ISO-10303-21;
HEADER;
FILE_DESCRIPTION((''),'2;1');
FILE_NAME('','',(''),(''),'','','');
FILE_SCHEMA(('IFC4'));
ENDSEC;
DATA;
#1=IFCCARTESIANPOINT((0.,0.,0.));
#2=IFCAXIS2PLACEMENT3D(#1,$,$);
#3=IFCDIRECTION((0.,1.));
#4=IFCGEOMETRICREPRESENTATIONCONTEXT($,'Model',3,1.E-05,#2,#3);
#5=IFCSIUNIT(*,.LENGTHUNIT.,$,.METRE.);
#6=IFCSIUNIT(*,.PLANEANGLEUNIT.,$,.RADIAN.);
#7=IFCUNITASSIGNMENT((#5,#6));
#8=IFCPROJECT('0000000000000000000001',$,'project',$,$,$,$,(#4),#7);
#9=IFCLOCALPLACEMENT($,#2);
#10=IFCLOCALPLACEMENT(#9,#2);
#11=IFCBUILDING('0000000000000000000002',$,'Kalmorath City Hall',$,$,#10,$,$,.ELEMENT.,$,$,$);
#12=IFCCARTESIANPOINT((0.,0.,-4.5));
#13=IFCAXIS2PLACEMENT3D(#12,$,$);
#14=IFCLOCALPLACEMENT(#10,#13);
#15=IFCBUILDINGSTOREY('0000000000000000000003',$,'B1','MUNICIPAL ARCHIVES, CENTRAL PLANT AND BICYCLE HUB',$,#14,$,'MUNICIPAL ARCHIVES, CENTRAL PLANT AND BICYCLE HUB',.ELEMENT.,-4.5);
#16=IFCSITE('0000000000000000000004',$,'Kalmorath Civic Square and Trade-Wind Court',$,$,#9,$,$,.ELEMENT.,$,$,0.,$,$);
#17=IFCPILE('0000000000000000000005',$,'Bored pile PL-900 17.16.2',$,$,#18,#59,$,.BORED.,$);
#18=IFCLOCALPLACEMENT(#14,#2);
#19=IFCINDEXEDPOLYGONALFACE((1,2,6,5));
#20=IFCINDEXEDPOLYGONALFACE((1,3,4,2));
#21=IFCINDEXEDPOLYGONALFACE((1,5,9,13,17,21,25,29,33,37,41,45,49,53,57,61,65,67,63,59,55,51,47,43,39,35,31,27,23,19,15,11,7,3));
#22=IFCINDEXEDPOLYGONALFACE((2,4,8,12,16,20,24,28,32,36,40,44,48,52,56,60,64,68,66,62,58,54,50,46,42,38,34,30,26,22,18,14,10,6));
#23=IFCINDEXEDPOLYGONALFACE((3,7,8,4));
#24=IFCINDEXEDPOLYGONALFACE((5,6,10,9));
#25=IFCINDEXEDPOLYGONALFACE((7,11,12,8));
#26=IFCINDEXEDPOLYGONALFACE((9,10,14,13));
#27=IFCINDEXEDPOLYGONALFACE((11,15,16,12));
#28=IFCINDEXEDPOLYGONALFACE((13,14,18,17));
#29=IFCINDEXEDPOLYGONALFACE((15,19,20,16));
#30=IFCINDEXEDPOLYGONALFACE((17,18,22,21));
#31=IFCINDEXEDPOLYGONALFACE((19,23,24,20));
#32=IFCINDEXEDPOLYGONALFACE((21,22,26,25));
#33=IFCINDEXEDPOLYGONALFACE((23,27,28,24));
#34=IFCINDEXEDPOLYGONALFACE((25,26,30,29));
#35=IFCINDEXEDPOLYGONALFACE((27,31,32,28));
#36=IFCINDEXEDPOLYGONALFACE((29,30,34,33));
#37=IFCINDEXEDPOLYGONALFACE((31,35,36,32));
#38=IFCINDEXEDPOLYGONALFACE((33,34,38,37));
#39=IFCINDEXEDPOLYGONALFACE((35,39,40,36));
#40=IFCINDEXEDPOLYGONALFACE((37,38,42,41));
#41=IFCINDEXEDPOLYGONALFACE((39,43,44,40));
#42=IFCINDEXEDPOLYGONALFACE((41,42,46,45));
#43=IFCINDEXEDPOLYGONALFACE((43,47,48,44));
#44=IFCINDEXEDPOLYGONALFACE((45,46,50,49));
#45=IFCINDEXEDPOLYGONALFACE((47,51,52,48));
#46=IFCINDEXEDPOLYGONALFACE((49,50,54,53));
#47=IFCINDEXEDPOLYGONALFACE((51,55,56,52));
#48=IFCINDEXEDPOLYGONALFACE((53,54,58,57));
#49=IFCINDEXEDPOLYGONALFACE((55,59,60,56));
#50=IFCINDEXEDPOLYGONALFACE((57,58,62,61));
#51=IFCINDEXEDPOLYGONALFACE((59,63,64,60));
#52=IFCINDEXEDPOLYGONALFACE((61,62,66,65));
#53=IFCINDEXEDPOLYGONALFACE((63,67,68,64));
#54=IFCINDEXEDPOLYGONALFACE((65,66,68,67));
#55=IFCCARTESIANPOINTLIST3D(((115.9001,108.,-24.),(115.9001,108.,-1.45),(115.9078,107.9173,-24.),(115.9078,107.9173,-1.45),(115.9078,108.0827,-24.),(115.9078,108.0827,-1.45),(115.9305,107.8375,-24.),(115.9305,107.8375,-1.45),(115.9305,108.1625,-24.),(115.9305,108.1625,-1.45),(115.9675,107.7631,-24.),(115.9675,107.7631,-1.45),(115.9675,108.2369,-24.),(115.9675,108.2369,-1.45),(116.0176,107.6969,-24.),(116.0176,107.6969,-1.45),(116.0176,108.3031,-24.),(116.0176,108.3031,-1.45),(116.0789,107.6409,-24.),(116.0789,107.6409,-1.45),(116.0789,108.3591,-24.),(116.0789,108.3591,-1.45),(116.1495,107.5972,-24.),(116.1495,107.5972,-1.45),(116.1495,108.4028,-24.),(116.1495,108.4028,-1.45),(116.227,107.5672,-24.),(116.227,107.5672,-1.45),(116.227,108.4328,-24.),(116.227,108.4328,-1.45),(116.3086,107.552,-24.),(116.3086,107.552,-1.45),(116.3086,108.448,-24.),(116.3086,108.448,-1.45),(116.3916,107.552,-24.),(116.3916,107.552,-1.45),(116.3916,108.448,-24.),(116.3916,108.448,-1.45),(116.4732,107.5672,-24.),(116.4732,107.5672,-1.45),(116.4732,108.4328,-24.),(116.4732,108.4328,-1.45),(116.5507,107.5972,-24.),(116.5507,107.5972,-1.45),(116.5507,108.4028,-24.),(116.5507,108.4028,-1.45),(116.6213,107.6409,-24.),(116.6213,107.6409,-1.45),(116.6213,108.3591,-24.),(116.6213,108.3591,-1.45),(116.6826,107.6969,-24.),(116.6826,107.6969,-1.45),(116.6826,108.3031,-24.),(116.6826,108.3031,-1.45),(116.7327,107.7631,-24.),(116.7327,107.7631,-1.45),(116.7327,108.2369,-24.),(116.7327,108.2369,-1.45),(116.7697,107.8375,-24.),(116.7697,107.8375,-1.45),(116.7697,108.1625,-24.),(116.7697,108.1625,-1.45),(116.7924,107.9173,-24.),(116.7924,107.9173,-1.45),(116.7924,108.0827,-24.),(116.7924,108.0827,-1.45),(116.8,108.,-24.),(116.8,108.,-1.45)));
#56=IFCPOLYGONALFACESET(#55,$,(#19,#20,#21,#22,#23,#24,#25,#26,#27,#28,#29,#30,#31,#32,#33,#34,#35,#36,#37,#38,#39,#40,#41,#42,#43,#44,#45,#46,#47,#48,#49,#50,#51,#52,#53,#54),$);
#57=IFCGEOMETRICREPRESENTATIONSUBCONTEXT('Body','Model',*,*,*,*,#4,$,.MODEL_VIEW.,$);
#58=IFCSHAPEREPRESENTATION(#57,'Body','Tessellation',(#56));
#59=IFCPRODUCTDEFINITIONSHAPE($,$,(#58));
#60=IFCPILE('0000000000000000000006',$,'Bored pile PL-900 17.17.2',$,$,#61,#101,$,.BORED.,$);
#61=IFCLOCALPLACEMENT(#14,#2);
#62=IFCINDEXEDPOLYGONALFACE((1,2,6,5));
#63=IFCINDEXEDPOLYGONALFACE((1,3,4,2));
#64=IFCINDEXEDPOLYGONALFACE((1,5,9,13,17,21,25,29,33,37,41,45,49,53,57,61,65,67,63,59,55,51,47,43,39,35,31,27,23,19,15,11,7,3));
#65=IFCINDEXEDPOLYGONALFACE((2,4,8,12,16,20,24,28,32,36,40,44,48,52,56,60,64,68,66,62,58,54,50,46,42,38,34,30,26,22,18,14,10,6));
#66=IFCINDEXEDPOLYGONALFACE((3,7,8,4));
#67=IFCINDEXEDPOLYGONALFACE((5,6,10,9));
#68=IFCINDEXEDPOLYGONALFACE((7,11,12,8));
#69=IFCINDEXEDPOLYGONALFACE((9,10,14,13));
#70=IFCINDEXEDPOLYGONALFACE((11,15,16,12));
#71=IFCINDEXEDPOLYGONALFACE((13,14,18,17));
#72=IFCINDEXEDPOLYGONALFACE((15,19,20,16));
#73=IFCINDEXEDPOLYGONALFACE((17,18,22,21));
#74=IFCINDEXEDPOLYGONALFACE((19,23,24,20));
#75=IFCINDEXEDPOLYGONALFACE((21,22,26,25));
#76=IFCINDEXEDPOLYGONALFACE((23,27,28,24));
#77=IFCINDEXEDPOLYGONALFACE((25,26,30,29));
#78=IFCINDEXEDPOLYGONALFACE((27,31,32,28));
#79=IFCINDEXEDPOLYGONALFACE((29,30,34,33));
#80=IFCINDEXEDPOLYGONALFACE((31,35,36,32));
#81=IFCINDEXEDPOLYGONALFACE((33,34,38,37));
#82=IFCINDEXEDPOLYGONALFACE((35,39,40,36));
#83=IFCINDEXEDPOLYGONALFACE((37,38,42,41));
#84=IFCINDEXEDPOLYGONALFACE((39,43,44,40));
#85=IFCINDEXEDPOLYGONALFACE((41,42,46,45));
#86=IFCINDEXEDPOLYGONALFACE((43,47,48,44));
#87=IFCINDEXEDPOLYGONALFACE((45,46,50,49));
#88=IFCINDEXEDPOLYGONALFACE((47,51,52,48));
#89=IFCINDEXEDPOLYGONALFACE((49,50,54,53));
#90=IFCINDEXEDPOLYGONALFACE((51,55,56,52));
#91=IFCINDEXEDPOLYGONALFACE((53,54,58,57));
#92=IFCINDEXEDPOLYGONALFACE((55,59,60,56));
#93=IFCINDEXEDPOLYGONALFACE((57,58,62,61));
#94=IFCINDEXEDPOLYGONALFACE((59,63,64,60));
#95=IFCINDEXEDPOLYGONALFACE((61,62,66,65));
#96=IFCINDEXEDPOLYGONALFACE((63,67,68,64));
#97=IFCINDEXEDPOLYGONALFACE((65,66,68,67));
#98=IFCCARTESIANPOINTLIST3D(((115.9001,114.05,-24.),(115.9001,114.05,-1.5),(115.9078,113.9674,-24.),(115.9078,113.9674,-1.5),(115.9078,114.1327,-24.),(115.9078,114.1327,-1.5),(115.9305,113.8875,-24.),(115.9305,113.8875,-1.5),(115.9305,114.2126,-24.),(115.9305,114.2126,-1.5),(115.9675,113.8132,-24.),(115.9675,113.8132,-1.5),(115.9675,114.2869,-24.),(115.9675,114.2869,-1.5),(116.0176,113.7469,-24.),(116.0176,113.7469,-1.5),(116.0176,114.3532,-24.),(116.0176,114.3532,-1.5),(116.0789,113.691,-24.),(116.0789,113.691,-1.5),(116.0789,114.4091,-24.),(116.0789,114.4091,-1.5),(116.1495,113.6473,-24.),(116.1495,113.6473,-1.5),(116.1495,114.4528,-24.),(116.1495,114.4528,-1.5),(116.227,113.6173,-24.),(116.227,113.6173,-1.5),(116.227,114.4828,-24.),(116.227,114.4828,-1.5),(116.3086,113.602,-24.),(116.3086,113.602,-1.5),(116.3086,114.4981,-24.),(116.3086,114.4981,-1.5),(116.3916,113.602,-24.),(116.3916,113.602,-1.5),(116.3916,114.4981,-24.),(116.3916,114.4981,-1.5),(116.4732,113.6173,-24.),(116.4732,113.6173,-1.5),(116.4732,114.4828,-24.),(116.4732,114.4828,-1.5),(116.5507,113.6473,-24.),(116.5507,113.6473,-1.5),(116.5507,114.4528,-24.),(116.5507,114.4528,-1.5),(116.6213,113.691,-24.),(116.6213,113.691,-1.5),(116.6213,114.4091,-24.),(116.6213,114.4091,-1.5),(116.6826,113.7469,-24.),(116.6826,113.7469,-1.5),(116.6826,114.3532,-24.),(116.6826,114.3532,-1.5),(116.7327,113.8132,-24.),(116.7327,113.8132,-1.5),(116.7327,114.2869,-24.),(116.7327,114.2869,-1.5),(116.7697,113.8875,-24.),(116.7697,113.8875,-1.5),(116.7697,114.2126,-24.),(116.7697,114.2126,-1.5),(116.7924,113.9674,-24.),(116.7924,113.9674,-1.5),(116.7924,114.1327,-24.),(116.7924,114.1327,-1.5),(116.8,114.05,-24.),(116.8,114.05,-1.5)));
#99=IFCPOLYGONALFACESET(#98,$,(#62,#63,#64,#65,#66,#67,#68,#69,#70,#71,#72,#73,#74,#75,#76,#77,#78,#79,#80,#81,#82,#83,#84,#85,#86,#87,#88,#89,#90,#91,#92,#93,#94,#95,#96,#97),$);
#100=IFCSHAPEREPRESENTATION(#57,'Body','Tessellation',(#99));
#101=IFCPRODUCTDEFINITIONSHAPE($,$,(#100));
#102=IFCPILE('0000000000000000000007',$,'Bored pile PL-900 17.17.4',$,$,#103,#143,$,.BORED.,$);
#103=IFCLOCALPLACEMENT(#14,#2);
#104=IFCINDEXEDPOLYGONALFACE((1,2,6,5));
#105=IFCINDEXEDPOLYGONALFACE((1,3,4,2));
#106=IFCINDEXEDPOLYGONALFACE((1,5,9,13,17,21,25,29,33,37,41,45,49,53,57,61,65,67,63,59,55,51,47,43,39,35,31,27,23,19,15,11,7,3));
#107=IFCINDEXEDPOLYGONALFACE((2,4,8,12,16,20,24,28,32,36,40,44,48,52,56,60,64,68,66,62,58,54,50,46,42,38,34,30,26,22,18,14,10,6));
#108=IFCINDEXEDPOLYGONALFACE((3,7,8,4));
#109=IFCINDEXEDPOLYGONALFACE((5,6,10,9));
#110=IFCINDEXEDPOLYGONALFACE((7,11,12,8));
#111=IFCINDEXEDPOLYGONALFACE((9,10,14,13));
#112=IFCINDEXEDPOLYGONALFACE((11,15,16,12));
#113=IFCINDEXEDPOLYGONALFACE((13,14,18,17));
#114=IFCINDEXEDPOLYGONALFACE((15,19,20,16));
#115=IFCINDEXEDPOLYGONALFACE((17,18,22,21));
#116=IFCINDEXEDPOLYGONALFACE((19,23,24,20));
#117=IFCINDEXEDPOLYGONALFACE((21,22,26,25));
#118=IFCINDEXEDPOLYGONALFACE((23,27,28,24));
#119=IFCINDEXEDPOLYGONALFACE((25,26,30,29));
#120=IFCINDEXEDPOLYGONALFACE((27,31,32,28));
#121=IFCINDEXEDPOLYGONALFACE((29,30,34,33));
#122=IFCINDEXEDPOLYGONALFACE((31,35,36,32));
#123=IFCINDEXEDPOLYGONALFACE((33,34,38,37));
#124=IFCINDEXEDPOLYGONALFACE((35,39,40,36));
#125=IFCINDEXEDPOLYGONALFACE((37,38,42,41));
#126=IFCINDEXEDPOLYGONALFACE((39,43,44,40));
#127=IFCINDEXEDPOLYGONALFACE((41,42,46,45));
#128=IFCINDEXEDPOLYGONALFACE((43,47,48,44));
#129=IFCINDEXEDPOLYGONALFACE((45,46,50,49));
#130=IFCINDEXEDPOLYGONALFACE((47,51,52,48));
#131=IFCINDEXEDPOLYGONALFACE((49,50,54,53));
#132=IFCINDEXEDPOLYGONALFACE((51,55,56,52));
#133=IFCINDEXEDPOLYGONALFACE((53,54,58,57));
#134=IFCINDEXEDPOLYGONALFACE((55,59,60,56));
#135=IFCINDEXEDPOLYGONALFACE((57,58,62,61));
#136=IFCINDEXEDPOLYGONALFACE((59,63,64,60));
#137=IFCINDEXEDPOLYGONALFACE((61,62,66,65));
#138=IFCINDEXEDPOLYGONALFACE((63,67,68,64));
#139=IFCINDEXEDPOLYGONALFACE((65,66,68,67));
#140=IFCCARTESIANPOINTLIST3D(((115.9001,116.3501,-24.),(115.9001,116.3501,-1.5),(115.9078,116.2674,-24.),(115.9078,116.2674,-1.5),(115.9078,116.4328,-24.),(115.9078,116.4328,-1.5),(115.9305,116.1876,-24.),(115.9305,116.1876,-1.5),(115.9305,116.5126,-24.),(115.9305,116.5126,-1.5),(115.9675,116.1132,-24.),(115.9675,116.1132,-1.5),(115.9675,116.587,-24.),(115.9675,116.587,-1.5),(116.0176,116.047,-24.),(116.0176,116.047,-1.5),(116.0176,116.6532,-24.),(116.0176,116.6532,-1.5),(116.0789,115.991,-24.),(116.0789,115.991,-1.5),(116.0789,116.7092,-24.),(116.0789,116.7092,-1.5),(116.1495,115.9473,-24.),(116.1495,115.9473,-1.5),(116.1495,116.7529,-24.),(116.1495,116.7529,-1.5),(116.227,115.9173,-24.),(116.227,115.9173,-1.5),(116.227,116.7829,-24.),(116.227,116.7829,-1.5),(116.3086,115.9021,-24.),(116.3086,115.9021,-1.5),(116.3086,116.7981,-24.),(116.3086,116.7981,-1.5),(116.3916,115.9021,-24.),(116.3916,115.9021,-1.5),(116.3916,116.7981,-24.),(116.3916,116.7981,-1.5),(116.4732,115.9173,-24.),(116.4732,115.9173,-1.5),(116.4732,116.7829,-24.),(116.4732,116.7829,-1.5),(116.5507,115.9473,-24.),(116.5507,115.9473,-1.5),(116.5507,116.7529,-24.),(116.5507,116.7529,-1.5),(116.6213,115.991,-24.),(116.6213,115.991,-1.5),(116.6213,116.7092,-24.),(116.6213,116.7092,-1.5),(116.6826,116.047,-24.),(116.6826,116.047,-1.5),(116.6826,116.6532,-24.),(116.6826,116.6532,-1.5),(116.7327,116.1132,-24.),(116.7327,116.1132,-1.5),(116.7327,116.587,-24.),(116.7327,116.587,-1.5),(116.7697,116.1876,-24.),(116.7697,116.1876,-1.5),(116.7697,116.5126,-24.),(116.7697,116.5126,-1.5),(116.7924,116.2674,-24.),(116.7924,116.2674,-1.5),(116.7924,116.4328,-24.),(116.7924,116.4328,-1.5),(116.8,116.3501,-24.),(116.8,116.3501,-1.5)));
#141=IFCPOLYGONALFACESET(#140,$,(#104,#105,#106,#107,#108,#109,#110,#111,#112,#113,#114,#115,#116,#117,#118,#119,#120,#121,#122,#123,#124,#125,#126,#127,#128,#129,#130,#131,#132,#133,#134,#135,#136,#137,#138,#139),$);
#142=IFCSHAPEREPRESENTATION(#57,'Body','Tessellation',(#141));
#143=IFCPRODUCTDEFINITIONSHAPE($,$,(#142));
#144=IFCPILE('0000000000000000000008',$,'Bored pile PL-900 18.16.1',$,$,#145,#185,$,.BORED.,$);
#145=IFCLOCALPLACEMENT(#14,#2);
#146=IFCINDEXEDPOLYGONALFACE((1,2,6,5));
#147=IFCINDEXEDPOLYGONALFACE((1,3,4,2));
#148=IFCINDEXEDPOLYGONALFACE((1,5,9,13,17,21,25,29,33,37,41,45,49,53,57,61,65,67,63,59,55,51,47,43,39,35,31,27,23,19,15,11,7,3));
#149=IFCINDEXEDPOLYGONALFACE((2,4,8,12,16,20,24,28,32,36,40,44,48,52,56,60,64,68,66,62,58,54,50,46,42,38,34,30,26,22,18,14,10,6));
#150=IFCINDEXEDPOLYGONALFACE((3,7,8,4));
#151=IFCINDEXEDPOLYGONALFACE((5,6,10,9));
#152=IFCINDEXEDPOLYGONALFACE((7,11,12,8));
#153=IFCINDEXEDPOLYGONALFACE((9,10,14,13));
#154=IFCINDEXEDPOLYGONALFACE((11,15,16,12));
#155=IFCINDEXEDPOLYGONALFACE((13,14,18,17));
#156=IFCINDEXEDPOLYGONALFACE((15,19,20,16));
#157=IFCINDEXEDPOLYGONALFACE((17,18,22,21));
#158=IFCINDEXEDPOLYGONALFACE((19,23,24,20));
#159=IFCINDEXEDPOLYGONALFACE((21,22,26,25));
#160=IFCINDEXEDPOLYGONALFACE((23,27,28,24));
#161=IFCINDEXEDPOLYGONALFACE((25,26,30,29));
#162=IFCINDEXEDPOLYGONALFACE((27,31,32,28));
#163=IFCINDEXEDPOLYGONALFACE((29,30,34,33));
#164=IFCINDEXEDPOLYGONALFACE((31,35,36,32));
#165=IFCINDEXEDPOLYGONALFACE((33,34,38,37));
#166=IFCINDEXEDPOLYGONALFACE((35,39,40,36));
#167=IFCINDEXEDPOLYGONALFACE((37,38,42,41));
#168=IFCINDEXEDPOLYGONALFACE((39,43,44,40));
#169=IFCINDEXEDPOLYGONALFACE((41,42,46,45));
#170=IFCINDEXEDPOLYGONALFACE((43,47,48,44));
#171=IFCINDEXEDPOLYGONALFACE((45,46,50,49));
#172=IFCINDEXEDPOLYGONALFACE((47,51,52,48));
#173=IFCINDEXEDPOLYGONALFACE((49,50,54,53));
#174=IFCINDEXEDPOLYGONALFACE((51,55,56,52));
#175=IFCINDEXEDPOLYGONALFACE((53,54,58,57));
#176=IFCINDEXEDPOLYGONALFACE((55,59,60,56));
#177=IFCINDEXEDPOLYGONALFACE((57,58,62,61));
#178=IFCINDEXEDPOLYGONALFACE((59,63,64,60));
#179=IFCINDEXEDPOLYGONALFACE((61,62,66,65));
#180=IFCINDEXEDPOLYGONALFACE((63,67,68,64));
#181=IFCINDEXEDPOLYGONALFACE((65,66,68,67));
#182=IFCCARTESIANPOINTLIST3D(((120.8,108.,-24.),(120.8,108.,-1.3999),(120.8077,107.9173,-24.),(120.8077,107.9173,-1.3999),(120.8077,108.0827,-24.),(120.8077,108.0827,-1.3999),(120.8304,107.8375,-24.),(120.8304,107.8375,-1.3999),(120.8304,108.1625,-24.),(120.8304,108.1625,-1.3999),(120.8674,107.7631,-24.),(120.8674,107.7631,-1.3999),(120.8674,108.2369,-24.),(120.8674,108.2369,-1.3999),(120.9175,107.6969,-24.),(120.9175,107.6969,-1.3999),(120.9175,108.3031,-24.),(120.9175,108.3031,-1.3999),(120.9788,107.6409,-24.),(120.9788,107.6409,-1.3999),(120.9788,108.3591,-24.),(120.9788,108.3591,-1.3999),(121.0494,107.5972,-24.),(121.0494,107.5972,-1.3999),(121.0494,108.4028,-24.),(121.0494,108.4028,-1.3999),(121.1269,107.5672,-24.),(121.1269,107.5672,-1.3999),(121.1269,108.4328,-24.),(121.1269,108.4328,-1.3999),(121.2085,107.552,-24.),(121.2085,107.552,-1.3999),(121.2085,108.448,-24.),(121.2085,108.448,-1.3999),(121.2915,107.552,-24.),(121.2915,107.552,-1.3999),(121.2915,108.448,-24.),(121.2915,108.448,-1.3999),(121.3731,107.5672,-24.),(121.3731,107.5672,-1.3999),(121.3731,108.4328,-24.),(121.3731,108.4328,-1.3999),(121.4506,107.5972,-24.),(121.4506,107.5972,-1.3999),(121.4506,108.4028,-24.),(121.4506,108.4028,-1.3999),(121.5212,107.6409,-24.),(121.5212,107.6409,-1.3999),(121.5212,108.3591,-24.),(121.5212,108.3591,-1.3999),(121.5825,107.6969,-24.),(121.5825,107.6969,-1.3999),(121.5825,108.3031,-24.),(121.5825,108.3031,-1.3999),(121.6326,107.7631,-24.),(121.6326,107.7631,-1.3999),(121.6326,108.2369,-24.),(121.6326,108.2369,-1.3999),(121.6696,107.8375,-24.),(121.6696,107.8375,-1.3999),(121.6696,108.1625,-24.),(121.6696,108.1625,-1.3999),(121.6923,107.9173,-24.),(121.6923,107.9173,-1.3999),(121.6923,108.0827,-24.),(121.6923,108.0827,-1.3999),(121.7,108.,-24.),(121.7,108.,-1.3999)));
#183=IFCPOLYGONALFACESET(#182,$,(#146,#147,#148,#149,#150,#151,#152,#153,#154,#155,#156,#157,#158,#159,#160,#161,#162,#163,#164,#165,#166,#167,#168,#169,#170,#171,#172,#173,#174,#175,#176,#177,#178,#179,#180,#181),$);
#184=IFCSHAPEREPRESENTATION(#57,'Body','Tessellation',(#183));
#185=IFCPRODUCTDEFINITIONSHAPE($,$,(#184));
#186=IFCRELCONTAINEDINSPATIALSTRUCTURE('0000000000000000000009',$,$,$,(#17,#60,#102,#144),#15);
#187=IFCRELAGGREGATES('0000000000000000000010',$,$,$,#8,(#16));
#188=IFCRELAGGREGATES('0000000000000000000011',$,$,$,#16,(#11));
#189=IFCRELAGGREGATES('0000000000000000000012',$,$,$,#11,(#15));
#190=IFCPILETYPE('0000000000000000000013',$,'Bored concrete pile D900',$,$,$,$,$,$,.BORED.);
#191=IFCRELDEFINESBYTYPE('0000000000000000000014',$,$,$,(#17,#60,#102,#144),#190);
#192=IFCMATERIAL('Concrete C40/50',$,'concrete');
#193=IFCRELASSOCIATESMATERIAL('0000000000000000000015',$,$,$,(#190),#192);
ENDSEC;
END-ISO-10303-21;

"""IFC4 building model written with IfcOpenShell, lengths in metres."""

from ifc_helpers import new_model, si_unit, direction, frame, origin, origin_2d, place, context, subcontext, project, spatial, circle, extrude, material, material_profile, profile_set, type_object, element, save


model = new_model("IFC4")

# Units and contexts
model_context = context("Model", 3, precision=1e-05, world=origin(), true_north=direction((0.0, 1.0)))
body_context = subcontext(model_context, "Body", "Model", "MODEL_VIEW")
ifc_project = project(units=[si_unit("LENGTHUNIT", "METRE"), si_unit("PLANEANGLEUNIT", "RADIAN")], contexts=[model_context])

# Site, building, storey
site_placement = place(None, origin())
site = spatial("IfcSite", under=ifc_project, at=site_placement, Name="Kalmorath Civic Square and Trade-Wind Court", CompositionType="ELEMENT", RefElevation=0.0)
building_placement = place(site_placement, origin())
building = spatial("IfcBuilding", under=site, at=building_placement, Name="Kalmorath City Hall", CompositionType="ELEMENT")
storey_placement = place(building_placement, frame((0.0, 0.0, -4.5)))
storey = spatial("IfcBuildingStorey", under=building, at=storey_placement, Name="B1", Description="MUNICIPAL ARCHIVES, CENTRAL PLANT AND BICYCLE HUB", LongName="MUNICIPAL ARCHIVES, CENTRAL PLANT AND BICYCLE HUB", CompositionType="ELEMENT", Elevation=-4.5)

# Piles
ifc_material_1 = material(Name="Concrete C40/50", Category="concrete")
ifc_material_profile_1 = material_profile(ifc_material_1, circle(Radius=0.45, at=origin_2d()), Name="PILE-D900")
ifc_profile_set_1 = profile_set([ifc_material_profile_1], Name="Concrete C40/50")
pile_type = type_object("IfcPileType", Name="Bored concrete pile D900", PredefinedType="BORED", material=ifc_profile_set_1)
pile_placement = place(storey_placement, frame((116.3501, 108.0, -1.45), z_axis=(0.0, 0.0, -1.0), x_axis=(1.0, 0.0, 0.0)))
element("IfcPile", 1, at=pile_placement, inside=storey, type_object=pile_type, Name="Bored pile PL-900 17.16.2", PredefinedType="BORED", context=body_context, shape_type="SweptSolid", body=[
    extrude(circle(Radius=0.45, at=origin_2d()), origin(), (0.0, 0.0, 1.0), 22.55),
])
for number, where, z_axis, x_axis, name in (
    (2, (116.3501, 114.05, -1.5), (0.0, 0.0, -1.0), (1.0, 0.0, 0.0), "Bored pile PL-900 17.17.2"),
    (3, (116.3501, 116.3501, -1.5), (0.0, 0.0, -1.0), (1.0, 0.0, 0.0), "Bored pile PL-900 17.17.4"),
):
    element("IfcPile", number, at=place(storey_placement, frame(where, z_axis=z_axis, x_axis=x_axis)), inside=storey, type_object=pile_type, Name=name, PredefinedType="BORED", context=body_context, shape_type="SweptSolid", body=[
        extrude(circle(Radius=0.45, at=origin_2d()), origin(), (0.0, 0.0, 1.0), 22.5),
    ])
for number, where, z_axis, x_axis, name in (
    (4, (121.25, 108.0, -1.3999), (0.0, 0.0, -1.0), (1.0, 0.0, 0.0), "Bored pile PL-900 18.16.1"),
):
    element("IfcPile", number, at=place(storey_placement, frame(where, z_axis=z_axis, x_axis=x_axis)), inside=storey, type_object=pile_type, Name=name, PredefinedType="BORED", context=body_context, shape_type="SweptSolid", body=[
        extrude(circle(Radius=0.45, at=origin_2d()), origin(), (0.0, 0.0, 1.0), 22.6001),
    ])

save(model, "model.ifc")
